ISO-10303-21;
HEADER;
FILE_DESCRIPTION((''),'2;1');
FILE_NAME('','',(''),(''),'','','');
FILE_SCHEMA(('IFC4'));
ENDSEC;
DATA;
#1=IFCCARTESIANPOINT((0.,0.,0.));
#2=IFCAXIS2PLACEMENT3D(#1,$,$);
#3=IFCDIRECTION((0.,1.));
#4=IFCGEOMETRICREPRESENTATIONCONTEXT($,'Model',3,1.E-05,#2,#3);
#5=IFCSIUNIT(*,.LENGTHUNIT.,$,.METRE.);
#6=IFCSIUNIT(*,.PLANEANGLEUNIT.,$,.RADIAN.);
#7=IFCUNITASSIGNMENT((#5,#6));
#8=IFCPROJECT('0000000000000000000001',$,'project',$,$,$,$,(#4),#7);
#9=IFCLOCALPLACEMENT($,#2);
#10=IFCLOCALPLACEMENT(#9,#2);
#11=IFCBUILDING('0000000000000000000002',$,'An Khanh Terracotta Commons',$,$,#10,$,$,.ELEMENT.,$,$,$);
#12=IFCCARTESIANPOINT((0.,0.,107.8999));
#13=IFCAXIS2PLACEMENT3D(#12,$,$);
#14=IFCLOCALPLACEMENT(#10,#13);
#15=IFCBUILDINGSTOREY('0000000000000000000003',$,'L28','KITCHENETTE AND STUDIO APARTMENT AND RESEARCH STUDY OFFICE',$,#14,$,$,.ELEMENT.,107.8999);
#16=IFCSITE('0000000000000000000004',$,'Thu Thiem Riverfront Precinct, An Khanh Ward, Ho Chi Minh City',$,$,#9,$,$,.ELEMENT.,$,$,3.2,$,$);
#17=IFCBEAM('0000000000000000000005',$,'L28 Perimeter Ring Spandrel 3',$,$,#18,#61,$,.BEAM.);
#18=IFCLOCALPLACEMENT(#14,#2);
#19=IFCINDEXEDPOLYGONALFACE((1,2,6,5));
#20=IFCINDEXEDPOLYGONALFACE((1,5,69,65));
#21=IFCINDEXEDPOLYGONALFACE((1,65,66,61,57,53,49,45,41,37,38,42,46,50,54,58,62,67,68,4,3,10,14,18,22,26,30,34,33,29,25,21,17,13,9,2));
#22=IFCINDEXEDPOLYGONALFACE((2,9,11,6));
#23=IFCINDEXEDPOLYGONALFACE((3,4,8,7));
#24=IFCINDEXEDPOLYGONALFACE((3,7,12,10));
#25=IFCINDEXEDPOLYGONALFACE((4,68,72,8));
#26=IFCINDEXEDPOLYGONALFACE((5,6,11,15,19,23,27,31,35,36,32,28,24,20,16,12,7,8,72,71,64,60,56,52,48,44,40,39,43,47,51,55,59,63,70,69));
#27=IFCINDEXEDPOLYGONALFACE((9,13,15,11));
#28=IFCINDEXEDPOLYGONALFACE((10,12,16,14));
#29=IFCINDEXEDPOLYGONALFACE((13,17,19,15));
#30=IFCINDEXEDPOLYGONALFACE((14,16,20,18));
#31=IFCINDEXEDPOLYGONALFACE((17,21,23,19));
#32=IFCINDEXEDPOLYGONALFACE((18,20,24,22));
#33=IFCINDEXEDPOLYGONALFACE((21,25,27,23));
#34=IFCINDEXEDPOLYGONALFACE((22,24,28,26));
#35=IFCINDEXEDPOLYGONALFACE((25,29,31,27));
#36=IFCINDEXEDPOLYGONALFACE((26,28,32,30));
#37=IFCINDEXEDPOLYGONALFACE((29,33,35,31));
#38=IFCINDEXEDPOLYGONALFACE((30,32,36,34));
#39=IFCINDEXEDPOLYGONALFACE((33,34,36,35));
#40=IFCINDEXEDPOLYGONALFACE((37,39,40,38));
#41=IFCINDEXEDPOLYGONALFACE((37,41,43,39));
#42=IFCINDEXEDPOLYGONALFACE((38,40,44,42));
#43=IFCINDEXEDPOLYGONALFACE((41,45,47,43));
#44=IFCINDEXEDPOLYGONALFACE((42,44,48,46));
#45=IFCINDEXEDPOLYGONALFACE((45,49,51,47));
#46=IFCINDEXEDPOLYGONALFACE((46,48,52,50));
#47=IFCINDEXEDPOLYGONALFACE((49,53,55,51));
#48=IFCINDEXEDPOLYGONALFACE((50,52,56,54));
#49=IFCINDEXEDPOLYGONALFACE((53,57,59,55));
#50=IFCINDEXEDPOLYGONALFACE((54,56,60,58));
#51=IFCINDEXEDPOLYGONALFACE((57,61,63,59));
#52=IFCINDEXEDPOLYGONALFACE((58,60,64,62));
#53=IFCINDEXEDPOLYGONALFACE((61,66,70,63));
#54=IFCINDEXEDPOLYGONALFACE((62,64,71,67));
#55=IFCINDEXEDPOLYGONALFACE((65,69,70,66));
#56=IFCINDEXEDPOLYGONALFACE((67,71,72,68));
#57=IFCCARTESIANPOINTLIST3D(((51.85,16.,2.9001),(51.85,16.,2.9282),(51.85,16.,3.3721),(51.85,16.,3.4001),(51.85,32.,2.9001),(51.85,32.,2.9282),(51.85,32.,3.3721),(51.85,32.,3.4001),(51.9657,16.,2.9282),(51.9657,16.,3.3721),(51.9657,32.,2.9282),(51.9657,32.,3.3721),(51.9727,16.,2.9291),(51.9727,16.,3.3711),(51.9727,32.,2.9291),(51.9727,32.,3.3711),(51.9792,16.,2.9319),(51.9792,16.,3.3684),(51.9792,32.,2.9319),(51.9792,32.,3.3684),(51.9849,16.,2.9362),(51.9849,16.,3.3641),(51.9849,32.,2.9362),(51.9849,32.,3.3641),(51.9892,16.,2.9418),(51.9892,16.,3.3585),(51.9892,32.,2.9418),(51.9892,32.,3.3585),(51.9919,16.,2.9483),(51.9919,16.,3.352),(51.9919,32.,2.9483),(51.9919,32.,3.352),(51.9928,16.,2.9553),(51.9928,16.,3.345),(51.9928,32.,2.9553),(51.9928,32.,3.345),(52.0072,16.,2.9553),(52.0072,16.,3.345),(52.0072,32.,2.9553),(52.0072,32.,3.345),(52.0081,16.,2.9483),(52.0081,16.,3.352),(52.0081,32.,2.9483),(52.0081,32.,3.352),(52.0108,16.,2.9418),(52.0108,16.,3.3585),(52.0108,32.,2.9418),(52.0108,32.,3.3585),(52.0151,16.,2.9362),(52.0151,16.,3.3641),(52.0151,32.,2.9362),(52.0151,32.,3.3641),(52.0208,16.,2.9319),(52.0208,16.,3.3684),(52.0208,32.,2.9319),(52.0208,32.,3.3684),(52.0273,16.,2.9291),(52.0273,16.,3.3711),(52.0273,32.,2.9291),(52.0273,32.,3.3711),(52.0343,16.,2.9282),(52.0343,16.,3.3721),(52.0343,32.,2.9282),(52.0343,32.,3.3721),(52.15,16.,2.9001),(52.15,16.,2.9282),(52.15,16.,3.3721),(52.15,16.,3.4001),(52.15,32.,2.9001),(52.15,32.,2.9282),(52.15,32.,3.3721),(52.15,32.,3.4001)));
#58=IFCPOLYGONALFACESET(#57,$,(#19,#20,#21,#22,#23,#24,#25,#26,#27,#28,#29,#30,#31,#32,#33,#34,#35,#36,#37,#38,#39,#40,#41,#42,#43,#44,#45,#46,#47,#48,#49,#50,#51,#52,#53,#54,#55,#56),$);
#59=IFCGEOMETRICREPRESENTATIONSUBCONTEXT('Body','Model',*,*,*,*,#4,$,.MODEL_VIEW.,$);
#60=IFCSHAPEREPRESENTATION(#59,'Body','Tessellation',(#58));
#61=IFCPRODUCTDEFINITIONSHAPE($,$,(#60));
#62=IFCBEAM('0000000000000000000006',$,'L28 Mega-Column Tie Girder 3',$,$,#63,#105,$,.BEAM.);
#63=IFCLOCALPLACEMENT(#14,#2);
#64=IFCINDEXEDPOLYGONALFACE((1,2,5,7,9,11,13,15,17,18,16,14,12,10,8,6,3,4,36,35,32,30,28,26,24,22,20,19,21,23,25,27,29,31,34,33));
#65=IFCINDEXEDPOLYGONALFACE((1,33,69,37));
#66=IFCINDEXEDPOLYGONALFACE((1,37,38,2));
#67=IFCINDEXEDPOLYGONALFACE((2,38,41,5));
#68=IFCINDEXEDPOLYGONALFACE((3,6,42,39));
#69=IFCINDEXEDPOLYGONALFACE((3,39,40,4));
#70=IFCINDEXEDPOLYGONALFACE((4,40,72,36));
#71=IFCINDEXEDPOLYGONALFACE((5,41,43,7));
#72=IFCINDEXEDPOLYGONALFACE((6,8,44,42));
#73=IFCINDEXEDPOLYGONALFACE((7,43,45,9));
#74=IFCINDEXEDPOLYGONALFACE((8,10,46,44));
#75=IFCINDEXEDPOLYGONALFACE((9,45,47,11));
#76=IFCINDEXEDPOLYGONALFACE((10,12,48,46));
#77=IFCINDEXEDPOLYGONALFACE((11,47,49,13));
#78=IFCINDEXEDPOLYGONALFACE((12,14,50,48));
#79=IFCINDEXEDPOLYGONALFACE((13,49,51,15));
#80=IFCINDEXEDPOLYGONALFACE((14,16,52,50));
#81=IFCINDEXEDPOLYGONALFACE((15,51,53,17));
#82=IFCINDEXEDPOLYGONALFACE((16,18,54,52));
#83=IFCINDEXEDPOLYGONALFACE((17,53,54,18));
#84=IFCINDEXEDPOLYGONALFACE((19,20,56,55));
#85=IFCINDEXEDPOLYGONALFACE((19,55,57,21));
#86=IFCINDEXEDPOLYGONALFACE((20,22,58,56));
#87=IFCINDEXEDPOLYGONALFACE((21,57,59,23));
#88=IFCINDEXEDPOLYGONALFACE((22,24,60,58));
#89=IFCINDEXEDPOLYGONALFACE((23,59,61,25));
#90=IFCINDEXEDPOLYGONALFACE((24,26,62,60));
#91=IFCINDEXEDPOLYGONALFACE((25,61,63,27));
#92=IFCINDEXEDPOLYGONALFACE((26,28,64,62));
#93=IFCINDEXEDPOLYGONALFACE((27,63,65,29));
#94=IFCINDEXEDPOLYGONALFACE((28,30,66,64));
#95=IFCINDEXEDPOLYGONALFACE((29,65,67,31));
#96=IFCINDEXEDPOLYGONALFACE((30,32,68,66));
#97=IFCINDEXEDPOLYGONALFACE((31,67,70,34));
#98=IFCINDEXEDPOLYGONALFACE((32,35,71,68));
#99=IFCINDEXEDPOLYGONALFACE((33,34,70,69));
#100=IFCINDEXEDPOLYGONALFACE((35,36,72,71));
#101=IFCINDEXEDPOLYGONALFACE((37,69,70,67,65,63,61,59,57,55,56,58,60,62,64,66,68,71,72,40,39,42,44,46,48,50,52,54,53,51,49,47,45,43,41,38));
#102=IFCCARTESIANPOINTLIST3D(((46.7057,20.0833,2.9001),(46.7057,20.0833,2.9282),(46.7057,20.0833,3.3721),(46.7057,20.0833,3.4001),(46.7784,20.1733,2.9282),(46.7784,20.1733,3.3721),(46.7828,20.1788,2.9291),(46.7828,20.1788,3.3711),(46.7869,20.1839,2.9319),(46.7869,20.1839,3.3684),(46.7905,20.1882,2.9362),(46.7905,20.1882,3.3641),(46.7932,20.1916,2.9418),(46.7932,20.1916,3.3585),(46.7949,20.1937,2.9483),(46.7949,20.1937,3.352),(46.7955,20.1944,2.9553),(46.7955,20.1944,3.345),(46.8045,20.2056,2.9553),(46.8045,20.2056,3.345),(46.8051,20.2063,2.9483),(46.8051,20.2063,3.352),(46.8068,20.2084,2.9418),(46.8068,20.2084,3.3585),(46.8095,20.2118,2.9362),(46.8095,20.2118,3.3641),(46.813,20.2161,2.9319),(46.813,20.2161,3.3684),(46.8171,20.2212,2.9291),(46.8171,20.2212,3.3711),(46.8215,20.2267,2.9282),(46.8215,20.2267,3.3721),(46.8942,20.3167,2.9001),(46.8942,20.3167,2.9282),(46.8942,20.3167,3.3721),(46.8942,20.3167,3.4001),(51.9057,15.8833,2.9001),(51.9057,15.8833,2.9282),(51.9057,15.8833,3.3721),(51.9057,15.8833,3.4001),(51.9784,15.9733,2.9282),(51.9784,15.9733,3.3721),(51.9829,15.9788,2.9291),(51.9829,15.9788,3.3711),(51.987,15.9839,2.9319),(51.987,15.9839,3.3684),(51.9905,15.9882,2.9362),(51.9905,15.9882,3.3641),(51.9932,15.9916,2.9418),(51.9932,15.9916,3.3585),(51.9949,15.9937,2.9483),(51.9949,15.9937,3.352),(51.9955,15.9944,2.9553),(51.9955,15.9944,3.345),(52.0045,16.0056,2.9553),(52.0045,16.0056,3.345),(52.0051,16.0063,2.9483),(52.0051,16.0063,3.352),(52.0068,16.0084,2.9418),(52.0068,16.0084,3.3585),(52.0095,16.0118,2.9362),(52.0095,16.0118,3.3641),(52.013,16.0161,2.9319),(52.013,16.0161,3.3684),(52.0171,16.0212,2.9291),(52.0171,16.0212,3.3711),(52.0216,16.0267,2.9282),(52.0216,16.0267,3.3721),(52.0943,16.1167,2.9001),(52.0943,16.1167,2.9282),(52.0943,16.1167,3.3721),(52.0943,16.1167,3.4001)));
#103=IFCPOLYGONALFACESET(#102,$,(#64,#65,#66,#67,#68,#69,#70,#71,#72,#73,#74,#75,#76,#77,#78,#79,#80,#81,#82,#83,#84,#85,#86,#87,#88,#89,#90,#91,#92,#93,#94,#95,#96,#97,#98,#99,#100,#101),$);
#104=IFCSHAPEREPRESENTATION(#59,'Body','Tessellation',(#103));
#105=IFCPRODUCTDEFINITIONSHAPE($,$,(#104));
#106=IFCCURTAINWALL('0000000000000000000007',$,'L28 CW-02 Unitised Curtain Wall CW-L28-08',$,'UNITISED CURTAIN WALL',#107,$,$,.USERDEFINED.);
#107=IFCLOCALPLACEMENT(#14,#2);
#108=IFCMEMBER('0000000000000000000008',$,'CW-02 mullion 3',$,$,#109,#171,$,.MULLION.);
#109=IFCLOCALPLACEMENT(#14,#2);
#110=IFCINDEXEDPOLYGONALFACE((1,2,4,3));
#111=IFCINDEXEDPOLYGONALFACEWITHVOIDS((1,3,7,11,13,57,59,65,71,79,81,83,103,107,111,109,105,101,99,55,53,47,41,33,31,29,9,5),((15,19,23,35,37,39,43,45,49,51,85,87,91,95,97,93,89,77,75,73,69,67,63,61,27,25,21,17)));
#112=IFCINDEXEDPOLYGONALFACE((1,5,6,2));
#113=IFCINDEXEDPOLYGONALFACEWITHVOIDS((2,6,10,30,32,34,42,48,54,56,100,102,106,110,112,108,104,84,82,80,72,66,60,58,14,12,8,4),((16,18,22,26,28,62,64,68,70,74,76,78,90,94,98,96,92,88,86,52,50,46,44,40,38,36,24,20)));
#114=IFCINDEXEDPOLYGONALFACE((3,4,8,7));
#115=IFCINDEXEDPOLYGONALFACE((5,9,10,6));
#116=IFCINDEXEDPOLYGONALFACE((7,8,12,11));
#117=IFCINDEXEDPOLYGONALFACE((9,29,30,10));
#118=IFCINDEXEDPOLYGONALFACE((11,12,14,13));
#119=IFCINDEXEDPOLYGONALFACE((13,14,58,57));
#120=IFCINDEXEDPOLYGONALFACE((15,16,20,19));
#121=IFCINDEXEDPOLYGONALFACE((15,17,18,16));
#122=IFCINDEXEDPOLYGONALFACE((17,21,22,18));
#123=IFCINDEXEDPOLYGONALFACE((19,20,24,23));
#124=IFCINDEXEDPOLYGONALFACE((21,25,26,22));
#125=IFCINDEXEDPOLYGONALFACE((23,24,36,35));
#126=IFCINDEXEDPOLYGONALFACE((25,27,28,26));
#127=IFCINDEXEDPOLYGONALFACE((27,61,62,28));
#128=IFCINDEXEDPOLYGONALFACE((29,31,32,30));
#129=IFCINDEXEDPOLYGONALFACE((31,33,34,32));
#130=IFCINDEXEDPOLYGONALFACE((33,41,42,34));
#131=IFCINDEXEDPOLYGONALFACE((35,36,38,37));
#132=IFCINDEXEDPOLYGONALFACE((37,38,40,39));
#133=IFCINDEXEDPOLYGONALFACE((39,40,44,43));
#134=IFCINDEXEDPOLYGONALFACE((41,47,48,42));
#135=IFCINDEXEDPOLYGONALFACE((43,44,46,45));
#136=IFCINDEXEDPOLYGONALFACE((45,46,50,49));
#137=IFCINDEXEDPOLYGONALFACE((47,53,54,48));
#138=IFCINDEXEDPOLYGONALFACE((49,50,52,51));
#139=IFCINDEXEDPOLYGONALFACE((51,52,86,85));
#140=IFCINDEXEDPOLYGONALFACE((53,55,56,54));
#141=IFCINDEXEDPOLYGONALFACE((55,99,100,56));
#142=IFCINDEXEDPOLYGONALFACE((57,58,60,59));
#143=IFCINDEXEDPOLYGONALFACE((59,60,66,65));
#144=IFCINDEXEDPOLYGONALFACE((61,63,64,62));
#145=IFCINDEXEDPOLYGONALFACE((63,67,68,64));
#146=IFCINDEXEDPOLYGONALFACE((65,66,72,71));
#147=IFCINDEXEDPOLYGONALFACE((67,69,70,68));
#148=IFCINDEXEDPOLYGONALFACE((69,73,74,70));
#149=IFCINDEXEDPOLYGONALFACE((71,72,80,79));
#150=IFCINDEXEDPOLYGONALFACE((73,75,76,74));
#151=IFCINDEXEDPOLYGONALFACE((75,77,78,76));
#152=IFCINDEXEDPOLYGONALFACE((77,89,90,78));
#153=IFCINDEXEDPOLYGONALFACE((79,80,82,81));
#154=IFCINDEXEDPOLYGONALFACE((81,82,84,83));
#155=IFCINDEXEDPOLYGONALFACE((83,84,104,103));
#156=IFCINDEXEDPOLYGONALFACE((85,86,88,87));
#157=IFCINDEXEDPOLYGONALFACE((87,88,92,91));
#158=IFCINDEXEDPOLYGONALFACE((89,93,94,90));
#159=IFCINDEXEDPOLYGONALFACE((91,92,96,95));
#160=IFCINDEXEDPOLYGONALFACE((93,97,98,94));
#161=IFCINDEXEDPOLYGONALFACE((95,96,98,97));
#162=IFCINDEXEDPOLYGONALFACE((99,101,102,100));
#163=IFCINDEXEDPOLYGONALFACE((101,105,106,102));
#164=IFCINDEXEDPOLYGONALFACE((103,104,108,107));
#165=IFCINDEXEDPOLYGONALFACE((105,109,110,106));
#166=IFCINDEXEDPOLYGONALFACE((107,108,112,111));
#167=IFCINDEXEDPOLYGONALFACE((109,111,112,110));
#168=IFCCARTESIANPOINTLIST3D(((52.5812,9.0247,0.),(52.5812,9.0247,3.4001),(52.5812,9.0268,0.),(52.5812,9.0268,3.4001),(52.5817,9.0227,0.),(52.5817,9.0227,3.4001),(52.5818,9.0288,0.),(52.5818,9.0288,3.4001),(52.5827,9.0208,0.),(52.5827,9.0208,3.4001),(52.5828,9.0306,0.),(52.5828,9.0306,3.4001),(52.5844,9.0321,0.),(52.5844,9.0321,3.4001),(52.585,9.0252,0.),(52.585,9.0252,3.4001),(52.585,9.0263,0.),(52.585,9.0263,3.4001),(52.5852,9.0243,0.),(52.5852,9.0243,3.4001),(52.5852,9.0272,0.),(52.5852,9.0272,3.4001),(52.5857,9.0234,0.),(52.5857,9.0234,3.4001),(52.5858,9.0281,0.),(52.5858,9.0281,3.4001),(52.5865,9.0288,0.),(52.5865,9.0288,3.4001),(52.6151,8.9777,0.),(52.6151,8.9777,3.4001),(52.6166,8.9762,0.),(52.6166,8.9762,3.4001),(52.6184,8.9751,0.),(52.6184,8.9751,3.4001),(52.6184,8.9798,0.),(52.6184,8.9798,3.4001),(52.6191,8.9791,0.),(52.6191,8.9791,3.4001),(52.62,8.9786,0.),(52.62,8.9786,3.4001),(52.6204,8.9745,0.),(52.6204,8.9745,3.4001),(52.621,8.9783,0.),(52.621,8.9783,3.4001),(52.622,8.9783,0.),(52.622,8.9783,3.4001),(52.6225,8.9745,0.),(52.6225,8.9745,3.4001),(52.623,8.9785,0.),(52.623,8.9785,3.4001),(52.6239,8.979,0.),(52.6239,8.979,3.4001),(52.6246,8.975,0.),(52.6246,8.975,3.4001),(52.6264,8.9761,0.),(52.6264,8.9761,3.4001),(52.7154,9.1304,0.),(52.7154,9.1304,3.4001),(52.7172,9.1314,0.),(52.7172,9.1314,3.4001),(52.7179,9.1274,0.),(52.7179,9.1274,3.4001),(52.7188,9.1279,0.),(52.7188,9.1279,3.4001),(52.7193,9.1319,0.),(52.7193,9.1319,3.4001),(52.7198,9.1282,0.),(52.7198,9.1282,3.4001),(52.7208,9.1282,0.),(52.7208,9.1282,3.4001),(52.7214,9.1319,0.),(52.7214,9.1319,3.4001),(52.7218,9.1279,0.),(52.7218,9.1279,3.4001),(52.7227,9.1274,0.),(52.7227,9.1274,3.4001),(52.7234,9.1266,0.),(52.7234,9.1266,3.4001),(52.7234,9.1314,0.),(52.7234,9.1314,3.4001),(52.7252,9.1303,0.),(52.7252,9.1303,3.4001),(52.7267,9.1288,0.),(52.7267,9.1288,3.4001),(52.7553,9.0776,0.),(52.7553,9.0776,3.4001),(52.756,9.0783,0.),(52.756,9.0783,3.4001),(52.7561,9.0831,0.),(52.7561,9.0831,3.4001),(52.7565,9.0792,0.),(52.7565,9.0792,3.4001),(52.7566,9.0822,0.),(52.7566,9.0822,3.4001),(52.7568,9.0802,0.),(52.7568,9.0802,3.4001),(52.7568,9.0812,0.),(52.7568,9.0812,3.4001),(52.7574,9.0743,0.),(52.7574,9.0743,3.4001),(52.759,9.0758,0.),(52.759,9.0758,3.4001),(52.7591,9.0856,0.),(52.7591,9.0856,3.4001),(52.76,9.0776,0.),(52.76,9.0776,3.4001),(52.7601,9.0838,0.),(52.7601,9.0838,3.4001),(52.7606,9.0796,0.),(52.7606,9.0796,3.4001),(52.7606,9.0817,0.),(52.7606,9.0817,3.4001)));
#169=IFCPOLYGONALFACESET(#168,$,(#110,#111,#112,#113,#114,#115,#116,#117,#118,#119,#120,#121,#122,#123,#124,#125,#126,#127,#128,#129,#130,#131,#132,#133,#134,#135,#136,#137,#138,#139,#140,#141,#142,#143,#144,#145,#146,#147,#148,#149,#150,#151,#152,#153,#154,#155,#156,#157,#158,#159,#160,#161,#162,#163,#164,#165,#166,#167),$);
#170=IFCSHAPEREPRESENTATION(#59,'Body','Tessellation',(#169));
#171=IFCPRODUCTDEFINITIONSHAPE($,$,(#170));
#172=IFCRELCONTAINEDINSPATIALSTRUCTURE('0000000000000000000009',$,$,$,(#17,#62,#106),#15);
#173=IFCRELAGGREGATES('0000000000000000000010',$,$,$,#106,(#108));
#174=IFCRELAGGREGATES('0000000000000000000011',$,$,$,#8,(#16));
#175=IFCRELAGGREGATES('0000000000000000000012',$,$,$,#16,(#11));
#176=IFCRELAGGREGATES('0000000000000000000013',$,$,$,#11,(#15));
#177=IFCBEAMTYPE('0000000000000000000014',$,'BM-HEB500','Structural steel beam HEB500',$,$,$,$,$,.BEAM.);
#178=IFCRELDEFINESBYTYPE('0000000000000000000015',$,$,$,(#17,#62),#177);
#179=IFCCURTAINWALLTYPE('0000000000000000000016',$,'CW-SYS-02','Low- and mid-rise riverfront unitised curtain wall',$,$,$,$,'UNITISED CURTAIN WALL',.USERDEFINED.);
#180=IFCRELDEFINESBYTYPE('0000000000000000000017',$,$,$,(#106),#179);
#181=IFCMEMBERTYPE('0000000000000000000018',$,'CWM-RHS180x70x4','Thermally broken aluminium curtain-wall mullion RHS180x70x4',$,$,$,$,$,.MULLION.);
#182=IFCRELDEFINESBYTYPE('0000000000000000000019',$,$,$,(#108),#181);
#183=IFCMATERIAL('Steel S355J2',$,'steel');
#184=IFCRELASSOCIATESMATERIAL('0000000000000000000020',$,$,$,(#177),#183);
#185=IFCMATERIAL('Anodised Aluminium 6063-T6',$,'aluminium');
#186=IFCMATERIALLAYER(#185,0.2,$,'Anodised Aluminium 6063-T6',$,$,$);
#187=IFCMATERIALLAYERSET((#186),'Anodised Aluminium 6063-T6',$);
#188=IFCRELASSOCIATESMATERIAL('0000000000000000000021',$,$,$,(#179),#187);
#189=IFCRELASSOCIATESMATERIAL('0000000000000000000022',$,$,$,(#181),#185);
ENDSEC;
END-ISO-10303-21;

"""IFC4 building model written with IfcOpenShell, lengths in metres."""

from ifc_helpers import new_model, si_unit, direction, frame, origin, origin_2d, place, context, subcontext, project, spatial, hollow_rectangle, i_section, extrude, material, layer, layer_set, material_profile, profile_set, type_object, element, aggregate, save


model = new_model("IFC4")

# Units and contexts
model_context = context("Model", 3, precision=1e-05, world=origin(), true_north=direction((0.0, 1.0)))
body_context = subcontext(model_context, "Body", "Model", "MODEL_VIEW")
ifc_project = project(units=[si_unit("LENGTHUNIT", "METRE"), si_unit("PLANEANGLEUNIT", "RADIAN")], contexts=[model_context])

# Site, building, storey
site_placement = place(None, origin())
site = spatial("IfcSite", under=ifc_project, at=site_placement, Name="Thu Thiem Riverfront Precinct, An Khanh Ward, Ho Chi Minh City", CompositionType="ELEMENT", RefElevation=3.2)
building_placement = place(site_placement, origin())
building = spatial("IfcBuilding", under=site, at=building_placement, Name="An Khanh Terracotta Commons", CompositionType="ELEMENT")
storey_placement = place(building_placement, frame((0.0, 0.0, 107.8999)))
storey = spatial("IfcBuildingStorey", under=building, at=storey_placement, Name="L28", Description="KITCHENETTE AND STUDIO APARTMENT AND RESEARCH STUDY OFFICE", CompositionType="ELEMENT", Elevation=107.8999)

# Beams
ifc_material_1 = material(Name="Steel S355J2", Category="steel")
ifc_material_profile_1 = material_profile(ifc_material_1, i_section(OverallWidth=0.3, OverallDepth=0.5, WebThickness=0.0144, FlangeThickness=0.0281, FilletRadius=0.0271, at=origin_2d()), Name="HEB500")
ifc_profile_set_1 = profile_set([ifc_material_profile_1], Name="Steel S355J2")
beam_type = type_object("IfcBeamType", Name="BM-HEB500", Description="Structural steel beam HEB500", PredefinedType="BEAM", material=ifc_profile_set_1)
beam_1_placement = place(storey_placement, frame((52.0, 16.0, 3.1501), z_axis=(0.0, 1.0, 0.0), x_axis=(-1.0, 0.0, 0.0)))
element("IfcBeam", 1, at=beam_1_placement, inside=storey, type_object=beam_type, Name="L28 Perimeter Ring Spandrel 3", PredefinedType="BEAM", context=body_context, shape_type="SweptSolid", body=[
    extrude(i_section(OverallWidth=0.3, OverallDepth=0.5, WebThickness=0.0144, FlangeThickness=0.0281, FilletRadius=0.0271, at=origin_2d()), origin(), (0.0, 0.0, 1.0), 16.0),
])
beam_2_placement = place(storey_placement, frame((52.0, 16.0, 3.1501), z_axis=(-0.777942, 0.628336, 0.0), x_axis=(-0.628336, -0.777942, 0.0)))
element("IfcBeam", 2, at=beam_2_placement, inside=storey, type_object=beam_type, Name="L28 Mega-Column Tie Girder 3", PredefinedType="BEAM", context=body_context, shape_type="SweptSolid", body=[
    extrude(i_section(OverallWidth=0.3, OverallDepth=0.5, WebThickness=0.0144, FlangeThickness=0.0281, FilletRadius=0.0271, at=origin_2d()), origin(), (0.0, 0.0, 1.0), 6.6843),
])

# Curtain wall, member
ifc_material_2 = material(Name="Anodised Aluminium 6063-T6", Category="aluminium")
ifc_layer_1 = layer(ifc_material_2, 0.2, Name="Anodised Aluminium 6063-T6")
ifc_layer_set_1 = layer_set([ifc_layer_1], Name="Anodised Aluminium 6063-T6")
curtain_wall_type = type_object("IfcCurtainWallType", Name="CW-SYS-02", Description="Low- and mid-rise riverfront unitised curtain wall", ElementType="UNITISED CURTAIN WALL", PredefinedType="USERDEFINED", material=ifc_layer_set_1)
curtain_wall_1_placement = place(storey_placement, origin())
curtain_wall_1 = element("IfcCurtainWall", 3, at=curtain_wall_1_placement, inside=storey, type_object=curtain_wall_type, Name="L28 CW-02 Unitised Curtain Wall CW-L28-08", ObjectType="UNITISED CURTAIN WALL", PredefinedType="USERDEFINED")
ifc_material_profile_2 = material_profile(ifc_material_2, hollow_rectangle(XDim=0.0701, YDim=0.1799, WallThickness=0.0039, InnerFilletRadius=0.0039, OuterFilletRadius=0.0081, at=origin_2d()), Name="RHS180x70x4")
ifc_profile_set_2 = profile_set([ifc_material_profile_2], Name="Anodised Aluminium 6063-T6")
member_type_1 = type_object("IfcMemberType", Name="CWM-RHS180x70x4", Description="Thermally broken aluminium curtain-wall mullion RHS180x70x4", PredefinedType="MULLION", material=ifc_profile_set_2)
member_1_placement = place(storey_placement, frame((52.6709, 9.0532, 0.0), z_axis=(0.0, 0.0, 1.0), x_axis=(-0.599983, 0.800013, 0.0)))
member_1 = element("IfcMember", 4, at=member_1_placement, type_object=member_type_1, Name="CW-02 mullion 3", PredefinedType="MULLION", context=body_context, shape_type="SweptSolid", body=[
    extrude(hollow_rectangle(XDim=0.0701, YDim=0.1799, WallThickness=0.0039, InnerFilletRadius=0.0039, OuterFilletRadius=0.0081, at=origin_2d()), origin(), (0.0, 0.0, 1.0), 3.4001),
])

aggregate(curtain_wall_1, [member_1])

save(model, "model.ifc")
